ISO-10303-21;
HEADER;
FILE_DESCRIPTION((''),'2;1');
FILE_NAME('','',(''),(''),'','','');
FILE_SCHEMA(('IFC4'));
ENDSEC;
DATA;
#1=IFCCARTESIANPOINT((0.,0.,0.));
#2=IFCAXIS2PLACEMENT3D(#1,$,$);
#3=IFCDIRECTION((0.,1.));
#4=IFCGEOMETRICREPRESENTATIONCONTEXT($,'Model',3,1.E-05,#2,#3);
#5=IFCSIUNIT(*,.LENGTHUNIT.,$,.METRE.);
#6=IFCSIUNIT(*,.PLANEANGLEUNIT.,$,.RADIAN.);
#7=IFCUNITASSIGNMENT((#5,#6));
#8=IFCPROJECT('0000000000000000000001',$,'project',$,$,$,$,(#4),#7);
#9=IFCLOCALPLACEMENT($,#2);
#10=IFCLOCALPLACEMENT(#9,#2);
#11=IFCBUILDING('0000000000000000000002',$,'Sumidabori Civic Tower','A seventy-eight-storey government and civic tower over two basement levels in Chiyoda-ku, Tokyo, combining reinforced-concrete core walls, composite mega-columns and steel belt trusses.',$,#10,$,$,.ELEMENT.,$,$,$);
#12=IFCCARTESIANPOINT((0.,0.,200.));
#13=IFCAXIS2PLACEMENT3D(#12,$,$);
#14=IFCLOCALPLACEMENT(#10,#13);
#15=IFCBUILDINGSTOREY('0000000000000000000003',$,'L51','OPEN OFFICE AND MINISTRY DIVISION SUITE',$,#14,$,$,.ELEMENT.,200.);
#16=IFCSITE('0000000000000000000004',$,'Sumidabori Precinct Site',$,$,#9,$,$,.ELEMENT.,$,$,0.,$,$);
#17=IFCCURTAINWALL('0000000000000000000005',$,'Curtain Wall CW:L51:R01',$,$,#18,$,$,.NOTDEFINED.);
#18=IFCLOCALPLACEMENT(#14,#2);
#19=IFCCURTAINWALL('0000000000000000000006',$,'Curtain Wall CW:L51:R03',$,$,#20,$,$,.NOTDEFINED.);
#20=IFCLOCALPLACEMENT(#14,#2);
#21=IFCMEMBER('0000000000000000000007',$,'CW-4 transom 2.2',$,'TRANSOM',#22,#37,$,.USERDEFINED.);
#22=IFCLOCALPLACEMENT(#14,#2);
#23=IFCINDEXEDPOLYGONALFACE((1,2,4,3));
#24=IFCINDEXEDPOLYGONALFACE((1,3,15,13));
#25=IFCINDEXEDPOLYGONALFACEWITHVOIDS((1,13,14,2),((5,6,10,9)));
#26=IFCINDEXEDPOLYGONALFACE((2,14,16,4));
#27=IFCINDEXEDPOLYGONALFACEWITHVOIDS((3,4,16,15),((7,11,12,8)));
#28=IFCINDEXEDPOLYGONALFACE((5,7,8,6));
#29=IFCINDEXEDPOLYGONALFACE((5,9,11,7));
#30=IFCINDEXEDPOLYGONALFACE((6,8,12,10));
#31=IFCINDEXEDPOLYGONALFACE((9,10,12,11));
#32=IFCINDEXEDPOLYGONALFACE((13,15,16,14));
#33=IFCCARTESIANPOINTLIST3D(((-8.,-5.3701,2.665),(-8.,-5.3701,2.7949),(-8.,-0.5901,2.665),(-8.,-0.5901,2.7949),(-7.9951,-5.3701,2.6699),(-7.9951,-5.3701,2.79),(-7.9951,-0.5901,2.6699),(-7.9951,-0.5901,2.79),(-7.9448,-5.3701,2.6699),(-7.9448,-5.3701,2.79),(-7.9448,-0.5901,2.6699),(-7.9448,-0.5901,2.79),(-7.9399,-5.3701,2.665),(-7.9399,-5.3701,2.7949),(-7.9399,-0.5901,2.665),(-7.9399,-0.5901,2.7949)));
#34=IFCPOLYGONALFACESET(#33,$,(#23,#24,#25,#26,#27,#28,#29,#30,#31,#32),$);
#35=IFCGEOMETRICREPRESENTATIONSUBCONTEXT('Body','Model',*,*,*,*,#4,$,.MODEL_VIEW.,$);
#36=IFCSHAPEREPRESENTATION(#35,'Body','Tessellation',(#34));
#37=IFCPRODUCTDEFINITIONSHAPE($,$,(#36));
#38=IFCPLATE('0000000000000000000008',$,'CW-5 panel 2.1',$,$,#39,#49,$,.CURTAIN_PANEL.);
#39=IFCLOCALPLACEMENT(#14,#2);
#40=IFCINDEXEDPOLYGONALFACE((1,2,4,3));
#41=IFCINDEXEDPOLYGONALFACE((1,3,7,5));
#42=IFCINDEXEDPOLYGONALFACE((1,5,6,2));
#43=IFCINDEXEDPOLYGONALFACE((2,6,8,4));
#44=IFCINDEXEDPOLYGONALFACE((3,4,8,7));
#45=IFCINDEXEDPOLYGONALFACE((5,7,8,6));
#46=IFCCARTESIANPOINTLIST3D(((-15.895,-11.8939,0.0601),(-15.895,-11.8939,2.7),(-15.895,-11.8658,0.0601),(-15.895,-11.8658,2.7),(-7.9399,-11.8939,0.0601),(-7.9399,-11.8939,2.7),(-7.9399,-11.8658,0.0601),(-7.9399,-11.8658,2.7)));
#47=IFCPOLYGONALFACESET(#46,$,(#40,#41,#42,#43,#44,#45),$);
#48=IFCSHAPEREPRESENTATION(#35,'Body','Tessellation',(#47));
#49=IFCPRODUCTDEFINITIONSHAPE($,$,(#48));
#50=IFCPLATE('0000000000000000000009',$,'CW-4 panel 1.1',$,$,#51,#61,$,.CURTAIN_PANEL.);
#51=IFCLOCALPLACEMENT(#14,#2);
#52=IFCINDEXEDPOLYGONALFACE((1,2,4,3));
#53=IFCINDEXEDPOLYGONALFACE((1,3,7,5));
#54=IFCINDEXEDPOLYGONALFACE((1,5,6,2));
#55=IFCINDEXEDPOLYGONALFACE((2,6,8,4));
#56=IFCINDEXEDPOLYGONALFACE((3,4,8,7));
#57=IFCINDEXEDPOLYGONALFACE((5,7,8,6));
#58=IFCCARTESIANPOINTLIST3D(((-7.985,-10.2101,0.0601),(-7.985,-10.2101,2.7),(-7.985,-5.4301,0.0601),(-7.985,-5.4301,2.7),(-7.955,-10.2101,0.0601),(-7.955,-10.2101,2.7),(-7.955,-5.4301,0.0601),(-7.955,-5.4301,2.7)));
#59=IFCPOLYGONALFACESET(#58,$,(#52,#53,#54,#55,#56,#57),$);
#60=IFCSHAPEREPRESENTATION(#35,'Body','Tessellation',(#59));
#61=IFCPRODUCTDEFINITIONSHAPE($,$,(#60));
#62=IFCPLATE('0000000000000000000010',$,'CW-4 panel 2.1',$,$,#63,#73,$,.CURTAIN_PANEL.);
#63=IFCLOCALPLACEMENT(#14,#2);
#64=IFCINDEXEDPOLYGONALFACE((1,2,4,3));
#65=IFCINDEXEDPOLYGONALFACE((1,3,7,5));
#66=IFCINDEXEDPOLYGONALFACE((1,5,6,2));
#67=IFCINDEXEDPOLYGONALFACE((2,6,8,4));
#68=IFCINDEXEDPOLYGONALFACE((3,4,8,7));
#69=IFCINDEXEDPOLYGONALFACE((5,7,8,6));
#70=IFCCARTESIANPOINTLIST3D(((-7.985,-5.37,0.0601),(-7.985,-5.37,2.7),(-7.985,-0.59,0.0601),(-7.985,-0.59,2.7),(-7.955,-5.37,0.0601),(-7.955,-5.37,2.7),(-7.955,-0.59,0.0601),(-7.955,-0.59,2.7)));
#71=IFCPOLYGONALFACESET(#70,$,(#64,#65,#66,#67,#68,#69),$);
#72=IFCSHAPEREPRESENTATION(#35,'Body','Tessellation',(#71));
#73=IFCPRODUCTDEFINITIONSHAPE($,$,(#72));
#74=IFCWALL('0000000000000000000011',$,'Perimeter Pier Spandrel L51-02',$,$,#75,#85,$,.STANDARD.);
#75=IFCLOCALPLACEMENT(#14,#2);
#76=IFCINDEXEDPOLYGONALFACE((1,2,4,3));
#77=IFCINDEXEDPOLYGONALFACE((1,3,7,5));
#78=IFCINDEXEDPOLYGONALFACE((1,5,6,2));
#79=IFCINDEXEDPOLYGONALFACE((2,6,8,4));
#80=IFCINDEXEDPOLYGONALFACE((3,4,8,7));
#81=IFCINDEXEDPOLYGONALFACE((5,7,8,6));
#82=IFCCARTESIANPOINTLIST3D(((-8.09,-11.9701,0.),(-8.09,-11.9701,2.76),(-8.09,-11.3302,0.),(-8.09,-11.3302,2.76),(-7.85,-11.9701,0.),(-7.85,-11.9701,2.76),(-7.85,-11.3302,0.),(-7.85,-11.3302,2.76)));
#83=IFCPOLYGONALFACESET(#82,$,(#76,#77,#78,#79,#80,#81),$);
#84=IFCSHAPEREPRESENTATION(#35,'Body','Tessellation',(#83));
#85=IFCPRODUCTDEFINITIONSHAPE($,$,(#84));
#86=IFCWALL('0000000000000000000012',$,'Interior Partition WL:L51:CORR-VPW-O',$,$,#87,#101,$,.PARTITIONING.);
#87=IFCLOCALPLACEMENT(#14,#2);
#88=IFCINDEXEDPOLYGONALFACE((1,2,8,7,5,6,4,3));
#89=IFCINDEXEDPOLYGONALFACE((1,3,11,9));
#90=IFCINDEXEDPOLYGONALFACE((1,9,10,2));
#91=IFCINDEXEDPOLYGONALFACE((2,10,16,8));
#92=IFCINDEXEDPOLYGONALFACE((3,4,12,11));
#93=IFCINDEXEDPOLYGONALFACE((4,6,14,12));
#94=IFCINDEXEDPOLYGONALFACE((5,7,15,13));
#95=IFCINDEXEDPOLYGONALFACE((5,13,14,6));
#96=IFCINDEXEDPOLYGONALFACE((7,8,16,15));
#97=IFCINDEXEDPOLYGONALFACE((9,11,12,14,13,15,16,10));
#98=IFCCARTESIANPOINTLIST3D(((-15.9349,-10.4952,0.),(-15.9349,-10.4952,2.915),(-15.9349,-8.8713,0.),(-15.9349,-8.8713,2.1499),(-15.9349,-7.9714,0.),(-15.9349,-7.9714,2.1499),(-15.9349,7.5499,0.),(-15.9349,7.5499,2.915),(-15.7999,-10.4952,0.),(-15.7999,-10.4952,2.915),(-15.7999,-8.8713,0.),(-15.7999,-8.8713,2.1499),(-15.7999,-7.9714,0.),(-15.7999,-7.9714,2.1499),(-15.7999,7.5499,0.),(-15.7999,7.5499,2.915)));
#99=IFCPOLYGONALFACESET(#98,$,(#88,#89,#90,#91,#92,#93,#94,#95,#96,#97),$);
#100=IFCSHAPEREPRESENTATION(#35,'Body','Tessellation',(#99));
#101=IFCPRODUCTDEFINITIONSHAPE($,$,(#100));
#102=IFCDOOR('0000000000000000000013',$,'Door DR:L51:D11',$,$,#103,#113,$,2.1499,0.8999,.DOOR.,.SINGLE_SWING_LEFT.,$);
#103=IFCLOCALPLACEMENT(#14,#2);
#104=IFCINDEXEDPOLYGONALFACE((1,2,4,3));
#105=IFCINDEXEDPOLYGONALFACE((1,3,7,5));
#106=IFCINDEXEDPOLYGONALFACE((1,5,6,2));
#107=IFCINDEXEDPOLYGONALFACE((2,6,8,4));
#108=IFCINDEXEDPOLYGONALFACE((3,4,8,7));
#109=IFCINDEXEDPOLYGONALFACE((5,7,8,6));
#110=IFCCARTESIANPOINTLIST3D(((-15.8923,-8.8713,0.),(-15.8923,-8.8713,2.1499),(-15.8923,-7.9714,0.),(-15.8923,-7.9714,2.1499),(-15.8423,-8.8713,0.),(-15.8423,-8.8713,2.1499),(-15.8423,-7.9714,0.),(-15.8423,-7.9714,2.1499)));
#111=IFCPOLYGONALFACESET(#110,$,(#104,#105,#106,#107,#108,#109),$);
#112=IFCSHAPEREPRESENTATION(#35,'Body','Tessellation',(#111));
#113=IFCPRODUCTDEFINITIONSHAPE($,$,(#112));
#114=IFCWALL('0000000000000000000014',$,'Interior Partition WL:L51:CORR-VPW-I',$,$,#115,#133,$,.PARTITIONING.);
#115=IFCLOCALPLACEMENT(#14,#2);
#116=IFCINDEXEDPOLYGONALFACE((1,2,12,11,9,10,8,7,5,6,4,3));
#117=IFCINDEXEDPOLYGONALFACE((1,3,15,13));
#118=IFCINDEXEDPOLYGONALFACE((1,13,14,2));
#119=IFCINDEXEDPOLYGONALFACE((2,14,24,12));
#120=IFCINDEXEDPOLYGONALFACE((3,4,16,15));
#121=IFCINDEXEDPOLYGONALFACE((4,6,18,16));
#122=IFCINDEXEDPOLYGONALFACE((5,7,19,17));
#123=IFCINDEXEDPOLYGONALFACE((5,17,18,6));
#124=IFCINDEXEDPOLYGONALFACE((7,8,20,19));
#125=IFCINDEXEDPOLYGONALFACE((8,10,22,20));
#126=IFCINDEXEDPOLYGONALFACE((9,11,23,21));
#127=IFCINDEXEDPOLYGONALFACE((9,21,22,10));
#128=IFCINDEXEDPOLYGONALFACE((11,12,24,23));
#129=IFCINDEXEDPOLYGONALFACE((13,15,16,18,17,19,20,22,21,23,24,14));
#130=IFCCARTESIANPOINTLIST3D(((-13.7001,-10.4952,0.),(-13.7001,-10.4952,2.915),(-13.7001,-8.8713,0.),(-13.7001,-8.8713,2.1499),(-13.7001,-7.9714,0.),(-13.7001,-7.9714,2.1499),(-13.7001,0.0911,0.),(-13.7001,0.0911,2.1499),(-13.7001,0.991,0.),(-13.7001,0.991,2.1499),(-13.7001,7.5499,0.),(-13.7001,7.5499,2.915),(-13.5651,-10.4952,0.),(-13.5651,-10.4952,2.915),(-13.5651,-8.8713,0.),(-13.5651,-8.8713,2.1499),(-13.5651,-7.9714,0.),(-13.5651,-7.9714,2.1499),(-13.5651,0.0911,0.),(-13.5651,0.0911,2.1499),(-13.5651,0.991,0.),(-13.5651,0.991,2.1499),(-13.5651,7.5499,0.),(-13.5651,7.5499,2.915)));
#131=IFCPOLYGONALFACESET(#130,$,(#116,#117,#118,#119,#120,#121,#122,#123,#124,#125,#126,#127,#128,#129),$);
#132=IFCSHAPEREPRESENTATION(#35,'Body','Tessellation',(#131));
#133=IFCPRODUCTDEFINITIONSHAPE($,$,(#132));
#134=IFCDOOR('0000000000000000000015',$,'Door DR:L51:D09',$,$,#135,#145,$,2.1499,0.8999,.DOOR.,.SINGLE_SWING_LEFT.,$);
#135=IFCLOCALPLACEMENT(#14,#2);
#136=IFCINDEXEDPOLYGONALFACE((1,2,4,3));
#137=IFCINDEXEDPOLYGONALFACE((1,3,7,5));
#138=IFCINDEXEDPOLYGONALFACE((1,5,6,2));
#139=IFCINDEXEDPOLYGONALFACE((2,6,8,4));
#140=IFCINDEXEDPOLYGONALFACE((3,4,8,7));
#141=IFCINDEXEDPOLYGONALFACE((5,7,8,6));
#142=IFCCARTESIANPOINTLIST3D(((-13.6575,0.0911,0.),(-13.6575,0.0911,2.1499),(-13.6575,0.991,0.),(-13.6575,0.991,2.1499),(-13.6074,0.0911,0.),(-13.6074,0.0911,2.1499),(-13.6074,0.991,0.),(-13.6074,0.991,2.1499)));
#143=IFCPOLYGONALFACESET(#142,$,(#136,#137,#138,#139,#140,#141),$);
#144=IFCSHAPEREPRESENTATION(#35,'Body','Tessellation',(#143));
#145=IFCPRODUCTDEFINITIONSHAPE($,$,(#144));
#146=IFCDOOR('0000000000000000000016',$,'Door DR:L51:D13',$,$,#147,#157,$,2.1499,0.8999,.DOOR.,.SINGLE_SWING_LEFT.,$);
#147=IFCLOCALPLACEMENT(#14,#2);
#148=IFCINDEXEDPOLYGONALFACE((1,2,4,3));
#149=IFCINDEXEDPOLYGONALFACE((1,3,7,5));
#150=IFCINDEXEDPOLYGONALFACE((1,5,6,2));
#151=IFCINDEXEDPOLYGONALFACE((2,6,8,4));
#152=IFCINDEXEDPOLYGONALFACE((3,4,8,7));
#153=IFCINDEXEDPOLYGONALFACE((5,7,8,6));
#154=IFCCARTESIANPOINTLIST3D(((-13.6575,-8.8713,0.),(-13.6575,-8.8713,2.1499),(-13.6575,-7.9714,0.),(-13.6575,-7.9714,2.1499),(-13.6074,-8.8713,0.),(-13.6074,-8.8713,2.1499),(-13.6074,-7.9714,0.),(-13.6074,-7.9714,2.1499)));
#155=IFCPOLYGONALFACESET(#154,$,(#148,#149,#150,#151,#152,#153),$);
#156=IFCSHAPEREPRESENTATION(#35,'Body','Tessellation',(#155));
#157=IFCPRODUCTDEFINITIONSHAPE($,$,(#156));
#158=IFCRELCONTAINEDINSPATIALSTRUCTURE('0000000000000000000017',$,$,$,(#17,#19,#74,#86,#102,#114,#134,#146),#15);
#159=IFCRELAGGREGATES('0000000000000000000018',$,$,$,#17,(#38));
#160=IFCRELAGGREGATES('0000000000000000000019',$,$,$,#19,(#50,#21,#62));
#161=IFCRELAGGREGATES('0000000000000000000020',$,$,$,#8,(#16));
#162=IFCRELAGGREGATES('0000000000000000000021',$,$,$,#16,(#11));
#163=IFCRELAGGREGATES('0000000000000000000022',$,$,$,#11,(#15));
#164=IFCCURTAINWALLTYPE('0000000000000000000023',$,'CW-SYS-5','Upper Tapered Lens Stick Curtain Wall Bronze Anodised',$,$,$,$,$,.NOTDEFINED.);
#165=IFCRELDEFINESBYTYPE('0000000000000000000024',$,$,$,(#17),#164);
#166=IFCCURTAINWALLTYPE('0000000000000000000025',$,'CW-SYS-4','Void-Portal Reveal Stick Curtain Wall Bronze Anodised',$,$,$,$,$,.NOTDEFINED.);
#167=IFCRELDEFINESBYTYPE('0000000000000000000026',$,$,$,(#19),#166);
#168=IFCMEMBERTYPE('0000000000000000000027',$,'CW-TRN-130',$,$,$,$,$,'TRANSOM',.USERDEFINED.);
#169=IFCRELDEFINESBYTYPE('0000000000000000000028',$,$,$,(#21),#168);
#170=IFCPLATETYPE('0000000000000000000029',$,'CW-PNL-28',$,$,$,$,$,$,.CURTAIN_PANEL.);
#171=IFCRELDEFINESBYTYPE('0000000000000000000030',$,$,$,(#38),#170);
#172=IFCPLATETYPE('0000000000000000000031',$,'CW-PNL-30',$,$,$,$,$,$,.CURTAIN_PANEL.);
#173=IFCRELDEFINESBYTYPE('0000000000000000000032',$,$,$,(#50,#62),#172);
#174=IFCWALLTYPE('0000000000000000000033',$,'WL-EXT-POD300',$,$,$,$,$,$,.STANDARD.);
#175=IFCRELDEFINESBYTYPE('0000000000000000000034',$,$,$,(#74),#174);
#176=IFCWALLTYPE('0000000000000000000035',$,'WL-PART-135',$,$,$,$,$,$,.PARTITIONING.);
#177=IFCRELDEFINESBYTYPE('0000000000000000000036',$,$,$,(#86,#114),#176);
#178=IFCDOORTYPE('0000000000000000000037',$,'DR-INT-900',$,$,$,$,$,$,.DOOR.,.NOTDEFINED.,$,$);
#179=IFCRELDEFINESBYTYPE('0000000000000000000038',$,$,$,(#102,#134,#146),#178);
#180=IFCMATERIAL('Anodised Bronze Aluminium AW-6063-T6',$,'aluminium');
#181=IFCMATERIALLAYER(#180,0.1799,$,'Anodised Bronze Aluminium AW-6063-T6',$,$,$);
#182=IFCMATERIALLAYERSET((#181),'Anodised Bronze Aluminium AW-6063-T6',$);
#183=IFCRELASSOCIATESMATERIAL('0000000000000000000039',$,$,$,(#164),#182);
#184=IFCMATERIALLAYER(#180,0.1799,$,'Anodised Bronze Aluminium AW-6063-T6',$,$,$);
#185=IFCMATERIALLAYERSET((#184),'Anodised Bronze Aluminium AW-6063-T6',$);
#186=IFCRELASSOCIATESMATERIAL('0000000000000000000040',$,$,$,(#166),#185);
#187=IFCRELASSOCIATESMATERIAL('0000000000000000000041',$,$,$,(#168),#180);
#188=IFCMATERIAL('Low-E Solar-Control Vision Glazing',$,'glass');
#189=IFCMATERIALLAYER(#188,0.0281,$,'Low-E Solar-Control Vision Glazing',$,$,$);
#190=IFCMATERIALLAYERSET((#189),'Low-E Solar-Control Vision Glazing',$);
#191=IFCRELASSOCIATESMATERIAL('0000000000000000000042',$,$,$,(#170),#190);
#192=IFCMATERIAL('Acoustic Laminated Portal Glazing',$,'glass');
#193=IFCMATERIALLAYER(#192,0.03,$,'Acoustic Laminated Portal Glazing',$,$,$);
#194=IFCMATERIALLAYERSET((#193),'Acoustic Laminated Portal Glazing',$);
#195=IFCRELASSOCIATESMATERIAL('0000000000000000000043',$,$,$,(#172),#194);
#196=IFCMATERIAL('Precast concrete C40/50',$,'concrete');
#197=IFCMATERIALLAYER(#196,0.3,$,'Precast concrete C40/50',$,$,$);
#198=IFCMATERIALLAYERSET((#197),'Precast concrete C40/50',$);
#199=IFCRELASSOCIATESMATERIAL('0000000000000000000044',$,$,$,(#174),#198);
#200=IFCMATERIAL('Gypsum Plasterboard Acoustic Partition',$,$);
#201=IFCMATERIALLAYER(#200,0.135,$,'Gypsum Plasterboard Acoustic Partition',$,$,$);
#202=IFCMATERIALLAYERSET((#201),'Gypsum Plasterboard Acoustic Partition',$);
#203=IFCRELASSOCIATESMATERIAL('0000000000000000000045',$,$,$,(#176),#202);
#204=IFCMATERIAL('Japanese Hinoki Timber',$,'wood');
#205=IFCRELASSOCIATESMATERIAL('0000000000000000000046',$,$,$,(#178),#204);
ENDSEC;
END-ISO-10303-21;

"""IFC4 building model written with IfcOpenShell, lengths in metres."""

from ifc_helpers import new_model, si_unit, direction, frame, frame_2d, origin, origin_2d, place, context, subcontext, project, spatial, rectangle, hollow_rectangle, extrude, source, transform, mapped, material, layer, layer_set, material_profile, profile_set, type_object, element, fill, aggregate, save


model = new_model("IFC4")

# Units and contexts
model_context = context("Model", 3, precision=1e-05, world=origin(), true_north=direction((0.0, 1.0)))
body_context = subcontext(model_context, "Body", "Model", "MODEL_VIEW")
ifc_project = project(units=[si_unit("LENGTHUNIT", "METRE"), si_unit("PLANEANGLEUNIT", "RADIAN")], contexts=[model_context])

# Site, building, storey
site_placement = place(None, origin())
site = spatial("IfcSite", under=ifc_project, at=site_placement, Name="Sumidabori Precinct Site", CompositionType="ELEMENT", RefElevation=0.0)
building_placement = place(site_placement, origin())
building = spatial("IfcBuilding", under=site, at=building_placement, Name="Sumidabori Civic Tower", Description="A seventy-eight-storey government and civic tower over two basement levels in Chiyoda-ku, Tokyo, combining reinforced-concrete core walls, composite mega-columns and steel belt trusses.", CompositionType="ELEMENT")
storey_placement = place(building_placement, frame((0.0, 0.0, 200.0)))
storey = spatial("IfcBuildingStorey", under=building, at=storey_placement, Name="L51", Description="OPEN OFFICE AND MINISTRY DIVISION SUITE", CompositionType="ELEMENT", Elevation=200.0)

# Curtain wall
ifc_material_1 = material(Name="Anodised Bronze Aluminium AW-6063-T6", Category="aluminium")
ifc_layer_1 = layer(ifc_material_1, 0.1799, Name="Anodised Bronze Aluminium AW-6063-T6")
ifc_layer_set_1 = layer_set([ifc_layer_1], Name="Anodised Bronze Aluminium AW-6063-T6")
curtain_wall_type_1 = type_object("IfcCurtainWallType", Name="CW-SYS-5", Description="Upper Tapered Lens Stick Curtain Wall Bronze Anodised", PredefinedType="NOTDEFINED", material=ifc_layer_set_1)
curtain_wall_1_placement = place(storey_placement, origin())
curtain_wall_1 = element("IfcCurtainWall", 1, at=curtain_wall_1_placement, inside=storey, type_object=curtain_wall_type_1, Name="Curtain Wall CW:L51:R01", PredefinedType="NOTDEFINED")

# Curtain wall
ifc_layer_2 = layer(ifc_material_1, 0.1799, Name="Anodised Bronze Aluminium AW-6063-T6")
ifc_layer_set_2 = layer_set([ifc_layer_2], Name="Anodised Bronze Aluminium AW-6063-T6")
curtain_wall_type_2 = type_object("IfcCurtainWallType", Name="CW-SYS-4", Description="Void-Portal Reveal Stick Curtain Wall Bronze Anodised", PredefinedType="NOTDEFINED", material=ifc_layer_set_2)
curtain_wall_2_placement = place(storey_placement, origin())
curtain_wall_2 = element("IfcCurtainWall", 2, at=curtain_wall_2_placement, inside=storey, type_object=curtain_wall_type_2, Name="Curtain Wall CW:L51:R03", PredefinedType="NOTDEFINED")

# Member
ifc_material_profile_1 = material_profile(ifc_material_1, hollow_rectangle(XDim=0.0601, YDim=0.1299, WallThickness=0.0049, at=origin_2d()), Name="ALU TRANSOM 130x60")
ifc_profile_set_1 = profile_set([ifc_material_profile_1], Name="Anodised Bronze Aluminium AW-6063-T6")
member_type_1 = type_object("IfcMemberType", Name="CW-TRN-130", ElementType="TRANSOM", PredefinedType="USERDEFINED", material=ifc_profile_set_1)
shared_shape_1 = source(origin(), body_context, "Body", "SweptSolid", [
    extrude(hollow_rectangle(XDim=0.0601, YDim=0.1299, WallThickness=0.0049, at=origin_2d()), origin(), (0.0, 0.0, 1.0), 4.78),
])
member_1_placement = place(storey_placement, frame((-7.97, -5.3701, 2.73), z_axis=(0.0, 1.0, 0.0), x_axis=(-1.0, 0.0, 0.0)))
member_1 = element("IfcMember", 3, at=member_1_placement, type_object=member_type_1, Name="CW-4 transom 2.2", ObjectType="TRANSOM", PredefinedType="USERDEFINED", context=body_context, shape_type="MappedRepresentation", body=[
    mapped(shared_shape_1, transform((0.0, 0.0, 0.0), x_axis=(1.0, 0.0, 0.0), y_axis=(0.0, 1.0, 0.0), z_axis=(0.0, 0.0, 1.0), scale=1.0)),
])

# Plates
ifc_material_2 = material(Name="Low-E Solar-Control Vision Glazing", Category="glass")
ifc_layer_3 = layer(ifc_material_2, 0.0281, Name="Low-E Solar-Control Vision Glazing")
ifc_layer_set_3 = layer_set([ifc_layer_3], Name="Low-E Solar-Control Vision Glazing")
plate_type_1 = type_object("IfcPlateType", Name="CW-PNL-28", PredefinedType="CURTAIN_PANEL", material=ifc_layer_set_3)
shared_shape_2 = source(origin(), body_context, "Body", "SweptSolid", [
    extrude(rectangle(XDim=7.9551, YDim=0.0281, at=origin_2d()), origin(), (0.0, 0.0, 1.0), 2.6399),
])
plate_1_placement = place(storey_placement, frame((-11.9175, -11.8799, 0.0601), z_axis=(0.0, 0.0, 1.0), x_axis=(1.0, 0.0, 0.0)))
plate_1 = element("IfcPlate", 4, at=plate_1_placement, type_object=plate_type_1, Name="CW-5 panel 2.1", PredefinedType="CURTAIN_PANEL", context=body_context, shape_type="MappedRepresentation", body=[
    mapped(shared_shape_2, transform((0.0, 0.0, 0.0), x_axis=(1.0, 0.0, 0.0), y_axis=(0.0, 1.0, 0.0), z_axis=(0.0, 0.0, 1.0), scale=1.0)),
])
aggregate(curtain_wall_1, [plate_1])
ifc_material_3 = material(Name="Acoustic Laminated Portal Glazing", Category="glass")
ifc_layer_4 = layer(ifc_material_3, 0.03, Name="Acoustic Laminated Portal Glazing")
ifc_layer_set_4 = layer_set([ifc_layer_4], Name="Acoustic Laminated Portal Glazing")
plate_type_2 = type_object("IfcPlateType", Name="CW-PNL-30", PredefinedType="CURTAIN_PANEL", material=ifc_layer_set_4)
shared_shape_3 = source(origin(), body_context, "Body", "SweptSolid", [
    extrude(rectangle(XDim=4.78, YDim=0.03, at=origin_2d()), origin(), (0.0, 0.0, 1.0), 2.6399),
])
plate_2_placement = place(storey_placement, frame((-7.97, -7.8201, 0.0601), z_axis=(0.0, 0.0, 1.0), x_axis=(0.0, 1.0, 0.0)))
plate_2 = element("IfcPlate", 5, at=plate_2_placement, type_object=plate_type_2, Name="CW-4 panel 1.1", PredefinedType="CURTAIN_PANEL", context=body_context, shape_type="MappedRepresentation", body=[
    mapped(shared_shape_3, transform((0.0, 0.0, 0.0), x_axis=(1.0, 0.0, 0.0), y_axis=(0.0, 1.0, 0.0), z_axis=(0.0, 0.0, 1.0), scale=1.0)),
])
plate_3_placement = place(storey_placement, frame((-7.97, -2.98, 0.0601), z_axis=(0.0, 0.0, 1.0), x_axis=(0.0, 1.0, 0.0)))
plate_3 = element("IfcPlate", 6, at=plate_3_placement, type_object=plate_type_2, Name="CW-4 panel 2.1", PredefinedType="CURTAIN_PANEL", context=body_context, shape_type="MappedRepresentation", body=[
    mapped(shared_shape_3, transform((0.0, 0.0, 0.0), x_axis=(1.0, 0.0, 0.0), y_axis=(0.0, 1.0, 0.0), z_axis=(0.0, 0.0, 1.0), scale=1.0)),
])
aggregate(curtain_wall_2, [plate_2, member_1, plate_3])

# Wall
ifc_material_4 = material(Name="Precast concrete C40/50", Category="concrete")
ifc_layer_5 = layer(ifc_material_4, 0.3, Name="Precast concrete C40/50")
ifc_layer_set_5 = layer_set([ifc_layer_5], Name="Precast concrete C40/50")
wall_type_1 = type_object("IfcWallType", Name="WL-EXT-POD300", PredefinedType="STANDARD", material=ifc_layer_set_5)
shared_shape_4 = source(origin(), body_context, "Body", "SweptSolid", [
    extrude(rectangle(XDim=0.6399, YDim=0.24, at=frame_2d((0.3198, 0.0))), origin(), (0.0, 0.0, 1.0), 2.76),
])
wall_1_placement = place(storey_placement, frame((-7.97, -11.97, 0.0), z_axis=(0.0, 0.0, 1.0), x_axis=(0.0, 1.0, 0.0)))
element("IfcWall", 7, at=wall_1_placement, inside=storey, type_object=wall_type_1, Name="Perimeter Pier Spandrel L51-02", PredefinedType="STANDARD", context=body_context, shape_type="MappedRepresentation", body=[
    mapped(shared_shape_4, transform((0.0, 0.0, 0.0), x_axis=(1.0, 0.0, 0.0), y_axis=(0.0, 1.0, 0.0), z_axis=(0.0, 0.0, 1.0), scale=1.0)),
])

# Wall, opening, door
ifc_material_5 = material(Name="Gypsum Plasterboard Acoustic Partition")
ifc_layer_6 = layer(ifc_material_5, 0.135, Name="Gypsum Plasterboard Acoustic Partition")
ifc_layer_set_6 = layer_set([ifc_layer_6], Name="Gypsum Plasterboard Acoustic Partition")
wall_type_2 = type_object("IfcWallType", Name="WL-PART-135", PredefinedType="PARTITIONING", material=ifc_layer_set_6)
shared_shape_5 = source(origin(), body_context, "Body", "SweptSolid", [
    extrude(rectangle(XDim=18.0452, YDim=0.135, at=frame_2d((9.0225, 0.0))), origin(), (0.0, 0.0, 1.0), 2.915),
])
wall_2_placement = place(storey_placement, frame((-15.8674, -10.4951, 0.0), z_axis=(0.0, 0.0, 1.0), x_axis=(0.0, 1.0, 0.0)))
wall_2 = element("IfcWall", 8, at=wall_2_placement, inside=storey, type_object=wall_type_2, Name="Interior Partition WL:L51:CORR-VPW-O", PredefinedType="PARTITIONING", context=body_context, shape_type="MappedRepresentation", body=[
    mapped(shared_shape_5, transform((0.0, 0.0, 0.0), x_axis=(1.0, 0.0, 0.0), y_axis=(0.0, 1.0, 0.0), z_axis=(0.0, 0.0, 1.0), scale=1.0)),
])
opening_1_placement = place(wall_2_placement, frame((1.6238, 0.0, 0.0)))
opening_1 = element("IfcOpeningElement", 9, at=opening_1_placement, cuts=wall_2, PredefinedType="OPENING", context=body_context, shape_type="SweptSolid", body=[
    extrude(rectangle(XDim=0.8999, YDim=2.1499, at=frame_2d((0.45, 1.075))), frame((0.0, 0.0796, 0.0), z_axis=(0.0, -1.0, 0.0), x_axis=(1.0, 0.0, 0.0)), (0.0, 0.0, 1.0), 0.1589),
])
ifc_material_6 = material(Name="Japanese Hinoki Timber", Category="wood")
door_type = type_object("IfcDoorType", Name="DR-INT-900", OperationType="NOTDEFINED", PredefinedType="DOOR", material=ifc_material_6)
shared_shape_6 = source(origin(), body_context, "Body", "SweptSolid", [
    extrude(rectangle(XDim=0.8999, YDim=2.1499, at=frame_2d((0.45, 1.075))), frame((0.0, 0.0249, 0.0), z_axis=(0.0, -1.0, 0.0), x_axis=(1.0, 0.0, 0.0)), (0.0, 0.0, 1.0), 0.05),
])
door_1_placement = place(opening_1_placement, origin())
door_1 = element("IfcDoor", 10, at=door_1_placement, inside=storey, type_object=door_type, Name="Door DR:L51:D11", OperationType="SINGLE_SWING_LEFT", OverallHeight=2.1499, OverallWidth=0.8999, PredefinedType="DOOR", context=body_context, shape_type="MappedRepresentation", body=[
    mapped(shared_shape_6, transform((0.0, 0.0, 0.0), x_axis=(1.0, 0.0, 0.0), y_axis=(0.0, 1.0, 0.0), z_axis=(0.0, 0.0, 1.0), scale=1.0)),
])
fill(opening_1, door_1)

# Wall, openings, doors
wall_3_placement = place(storey_placement, frame((-13.6326, -10.4951, 0.0), z_axis=(0.0, 0.0, 1.0), x_axis=(0.0, 1.0, 0.0)))
wall_3 = element("IfcWall", 11, at=wall_3_placement, inside=storey, type_object=wall_type_2, Name="Interior Partition WL:L51:CORR-VPW-I", PredefinedType="PARTITIONING", context=body_context, shape_type="MappedRepresentation", body=[
    mapped(shared_shape_5, transform((0.0, 0.0, 0.0), x_axis=(1.0, 0.0, 0.0), y_axis=(0.0, 1.0, 0.0), z_axis=(0.0, 0.0, 1.0), scale=1.0)),
])
opening_2_placement = place(wall_3_placement, frame((10.5862, 0.0, 0.0)))
opening_2 = element("IfcOpeningElement", 12, at=opening_2_placement, cuts=wall_3, PredefinedType="OPENING", context=body_context, shape_type="SweptSolid", body=[
    extrude(rectangle(XDim=0.8999, YDim=2.1499, at=frame_2d((0.45, 1.075))), frame((0.0, 0.0796, 0.0), z_axis=(0.0, -1.0, 0.0), x_axis=(1.0, 0.0, 0.0)), (0.0, 0.0, 1.0), 0.1589),
])
opening_3_placement = place(wall_3_placement, frame((1.6238, 0.0, 0.0)))
opening_3 = element("IfcOpeningElement", 13, at=opening_3_placement, cuts=wall_3, PredefinedType="OPENING", context=body_context, shape_type="SweptSolid", body=[
    extrude(rectangle(XDim=0.8999, YDim=2.1499, at=frame_2d((0.45, 1.075))), frame((0.0, 0.0796, 0.0), z_axis=(0.0, -1.0, 0.0), x_axis=(1.0, 0.0, 0.0)), (0.0, 0.0, 1.0), 0.1589),
])
door_2_placement = place(opening_2_placement, origin())
door_2 = element("IfcDoor", 14, at=door_2_placement, inside=storey, type_object=door_type, Name="Door DR:L51:D09", OperationType="SINGLE_SWING_LEFT", OverallHeight=2.1499, OverallWidth=0.8999, PredefinedType="DOOR", context=body_context, shape_type="MappedRepresentation", body=[
    mapped(shared_shape_6, transform((0.0, 0.0, 0.0), x_axis=(1.0, 0.0, 0.0), y_axis=(0.0, 1.0, 0.0), z_axis=(0.0, 0.0, 1.0), scale=1.0)),
])
fill(opening_2, door_2)
door_3_placement = place(opening_3_placement, origin())
door_3 = element("IfcDoor", 15, at=door_3_placement, inside=storey, type_object=door_type, Name="Door DR:L51:D13", OperationType="SINGLE_SWING_LEFT", OverallHeight=2.1499, OverallWidth=0.8999, PredefinedType="DOOR", context=body_context, shape_type="MappedRepresentation", body=[
    mapped(shared_shape_6, transform((0.0, 0.0, 0.0), x_axis=(1.0, 0.0, 0.0), y_axis=(0.0, 1.0, 0.0), z_axis=(0.0, 0.0, 1.0), scale=1.0)),
])
fill(opening_3, door_3)

save(model, "model.ifc")
